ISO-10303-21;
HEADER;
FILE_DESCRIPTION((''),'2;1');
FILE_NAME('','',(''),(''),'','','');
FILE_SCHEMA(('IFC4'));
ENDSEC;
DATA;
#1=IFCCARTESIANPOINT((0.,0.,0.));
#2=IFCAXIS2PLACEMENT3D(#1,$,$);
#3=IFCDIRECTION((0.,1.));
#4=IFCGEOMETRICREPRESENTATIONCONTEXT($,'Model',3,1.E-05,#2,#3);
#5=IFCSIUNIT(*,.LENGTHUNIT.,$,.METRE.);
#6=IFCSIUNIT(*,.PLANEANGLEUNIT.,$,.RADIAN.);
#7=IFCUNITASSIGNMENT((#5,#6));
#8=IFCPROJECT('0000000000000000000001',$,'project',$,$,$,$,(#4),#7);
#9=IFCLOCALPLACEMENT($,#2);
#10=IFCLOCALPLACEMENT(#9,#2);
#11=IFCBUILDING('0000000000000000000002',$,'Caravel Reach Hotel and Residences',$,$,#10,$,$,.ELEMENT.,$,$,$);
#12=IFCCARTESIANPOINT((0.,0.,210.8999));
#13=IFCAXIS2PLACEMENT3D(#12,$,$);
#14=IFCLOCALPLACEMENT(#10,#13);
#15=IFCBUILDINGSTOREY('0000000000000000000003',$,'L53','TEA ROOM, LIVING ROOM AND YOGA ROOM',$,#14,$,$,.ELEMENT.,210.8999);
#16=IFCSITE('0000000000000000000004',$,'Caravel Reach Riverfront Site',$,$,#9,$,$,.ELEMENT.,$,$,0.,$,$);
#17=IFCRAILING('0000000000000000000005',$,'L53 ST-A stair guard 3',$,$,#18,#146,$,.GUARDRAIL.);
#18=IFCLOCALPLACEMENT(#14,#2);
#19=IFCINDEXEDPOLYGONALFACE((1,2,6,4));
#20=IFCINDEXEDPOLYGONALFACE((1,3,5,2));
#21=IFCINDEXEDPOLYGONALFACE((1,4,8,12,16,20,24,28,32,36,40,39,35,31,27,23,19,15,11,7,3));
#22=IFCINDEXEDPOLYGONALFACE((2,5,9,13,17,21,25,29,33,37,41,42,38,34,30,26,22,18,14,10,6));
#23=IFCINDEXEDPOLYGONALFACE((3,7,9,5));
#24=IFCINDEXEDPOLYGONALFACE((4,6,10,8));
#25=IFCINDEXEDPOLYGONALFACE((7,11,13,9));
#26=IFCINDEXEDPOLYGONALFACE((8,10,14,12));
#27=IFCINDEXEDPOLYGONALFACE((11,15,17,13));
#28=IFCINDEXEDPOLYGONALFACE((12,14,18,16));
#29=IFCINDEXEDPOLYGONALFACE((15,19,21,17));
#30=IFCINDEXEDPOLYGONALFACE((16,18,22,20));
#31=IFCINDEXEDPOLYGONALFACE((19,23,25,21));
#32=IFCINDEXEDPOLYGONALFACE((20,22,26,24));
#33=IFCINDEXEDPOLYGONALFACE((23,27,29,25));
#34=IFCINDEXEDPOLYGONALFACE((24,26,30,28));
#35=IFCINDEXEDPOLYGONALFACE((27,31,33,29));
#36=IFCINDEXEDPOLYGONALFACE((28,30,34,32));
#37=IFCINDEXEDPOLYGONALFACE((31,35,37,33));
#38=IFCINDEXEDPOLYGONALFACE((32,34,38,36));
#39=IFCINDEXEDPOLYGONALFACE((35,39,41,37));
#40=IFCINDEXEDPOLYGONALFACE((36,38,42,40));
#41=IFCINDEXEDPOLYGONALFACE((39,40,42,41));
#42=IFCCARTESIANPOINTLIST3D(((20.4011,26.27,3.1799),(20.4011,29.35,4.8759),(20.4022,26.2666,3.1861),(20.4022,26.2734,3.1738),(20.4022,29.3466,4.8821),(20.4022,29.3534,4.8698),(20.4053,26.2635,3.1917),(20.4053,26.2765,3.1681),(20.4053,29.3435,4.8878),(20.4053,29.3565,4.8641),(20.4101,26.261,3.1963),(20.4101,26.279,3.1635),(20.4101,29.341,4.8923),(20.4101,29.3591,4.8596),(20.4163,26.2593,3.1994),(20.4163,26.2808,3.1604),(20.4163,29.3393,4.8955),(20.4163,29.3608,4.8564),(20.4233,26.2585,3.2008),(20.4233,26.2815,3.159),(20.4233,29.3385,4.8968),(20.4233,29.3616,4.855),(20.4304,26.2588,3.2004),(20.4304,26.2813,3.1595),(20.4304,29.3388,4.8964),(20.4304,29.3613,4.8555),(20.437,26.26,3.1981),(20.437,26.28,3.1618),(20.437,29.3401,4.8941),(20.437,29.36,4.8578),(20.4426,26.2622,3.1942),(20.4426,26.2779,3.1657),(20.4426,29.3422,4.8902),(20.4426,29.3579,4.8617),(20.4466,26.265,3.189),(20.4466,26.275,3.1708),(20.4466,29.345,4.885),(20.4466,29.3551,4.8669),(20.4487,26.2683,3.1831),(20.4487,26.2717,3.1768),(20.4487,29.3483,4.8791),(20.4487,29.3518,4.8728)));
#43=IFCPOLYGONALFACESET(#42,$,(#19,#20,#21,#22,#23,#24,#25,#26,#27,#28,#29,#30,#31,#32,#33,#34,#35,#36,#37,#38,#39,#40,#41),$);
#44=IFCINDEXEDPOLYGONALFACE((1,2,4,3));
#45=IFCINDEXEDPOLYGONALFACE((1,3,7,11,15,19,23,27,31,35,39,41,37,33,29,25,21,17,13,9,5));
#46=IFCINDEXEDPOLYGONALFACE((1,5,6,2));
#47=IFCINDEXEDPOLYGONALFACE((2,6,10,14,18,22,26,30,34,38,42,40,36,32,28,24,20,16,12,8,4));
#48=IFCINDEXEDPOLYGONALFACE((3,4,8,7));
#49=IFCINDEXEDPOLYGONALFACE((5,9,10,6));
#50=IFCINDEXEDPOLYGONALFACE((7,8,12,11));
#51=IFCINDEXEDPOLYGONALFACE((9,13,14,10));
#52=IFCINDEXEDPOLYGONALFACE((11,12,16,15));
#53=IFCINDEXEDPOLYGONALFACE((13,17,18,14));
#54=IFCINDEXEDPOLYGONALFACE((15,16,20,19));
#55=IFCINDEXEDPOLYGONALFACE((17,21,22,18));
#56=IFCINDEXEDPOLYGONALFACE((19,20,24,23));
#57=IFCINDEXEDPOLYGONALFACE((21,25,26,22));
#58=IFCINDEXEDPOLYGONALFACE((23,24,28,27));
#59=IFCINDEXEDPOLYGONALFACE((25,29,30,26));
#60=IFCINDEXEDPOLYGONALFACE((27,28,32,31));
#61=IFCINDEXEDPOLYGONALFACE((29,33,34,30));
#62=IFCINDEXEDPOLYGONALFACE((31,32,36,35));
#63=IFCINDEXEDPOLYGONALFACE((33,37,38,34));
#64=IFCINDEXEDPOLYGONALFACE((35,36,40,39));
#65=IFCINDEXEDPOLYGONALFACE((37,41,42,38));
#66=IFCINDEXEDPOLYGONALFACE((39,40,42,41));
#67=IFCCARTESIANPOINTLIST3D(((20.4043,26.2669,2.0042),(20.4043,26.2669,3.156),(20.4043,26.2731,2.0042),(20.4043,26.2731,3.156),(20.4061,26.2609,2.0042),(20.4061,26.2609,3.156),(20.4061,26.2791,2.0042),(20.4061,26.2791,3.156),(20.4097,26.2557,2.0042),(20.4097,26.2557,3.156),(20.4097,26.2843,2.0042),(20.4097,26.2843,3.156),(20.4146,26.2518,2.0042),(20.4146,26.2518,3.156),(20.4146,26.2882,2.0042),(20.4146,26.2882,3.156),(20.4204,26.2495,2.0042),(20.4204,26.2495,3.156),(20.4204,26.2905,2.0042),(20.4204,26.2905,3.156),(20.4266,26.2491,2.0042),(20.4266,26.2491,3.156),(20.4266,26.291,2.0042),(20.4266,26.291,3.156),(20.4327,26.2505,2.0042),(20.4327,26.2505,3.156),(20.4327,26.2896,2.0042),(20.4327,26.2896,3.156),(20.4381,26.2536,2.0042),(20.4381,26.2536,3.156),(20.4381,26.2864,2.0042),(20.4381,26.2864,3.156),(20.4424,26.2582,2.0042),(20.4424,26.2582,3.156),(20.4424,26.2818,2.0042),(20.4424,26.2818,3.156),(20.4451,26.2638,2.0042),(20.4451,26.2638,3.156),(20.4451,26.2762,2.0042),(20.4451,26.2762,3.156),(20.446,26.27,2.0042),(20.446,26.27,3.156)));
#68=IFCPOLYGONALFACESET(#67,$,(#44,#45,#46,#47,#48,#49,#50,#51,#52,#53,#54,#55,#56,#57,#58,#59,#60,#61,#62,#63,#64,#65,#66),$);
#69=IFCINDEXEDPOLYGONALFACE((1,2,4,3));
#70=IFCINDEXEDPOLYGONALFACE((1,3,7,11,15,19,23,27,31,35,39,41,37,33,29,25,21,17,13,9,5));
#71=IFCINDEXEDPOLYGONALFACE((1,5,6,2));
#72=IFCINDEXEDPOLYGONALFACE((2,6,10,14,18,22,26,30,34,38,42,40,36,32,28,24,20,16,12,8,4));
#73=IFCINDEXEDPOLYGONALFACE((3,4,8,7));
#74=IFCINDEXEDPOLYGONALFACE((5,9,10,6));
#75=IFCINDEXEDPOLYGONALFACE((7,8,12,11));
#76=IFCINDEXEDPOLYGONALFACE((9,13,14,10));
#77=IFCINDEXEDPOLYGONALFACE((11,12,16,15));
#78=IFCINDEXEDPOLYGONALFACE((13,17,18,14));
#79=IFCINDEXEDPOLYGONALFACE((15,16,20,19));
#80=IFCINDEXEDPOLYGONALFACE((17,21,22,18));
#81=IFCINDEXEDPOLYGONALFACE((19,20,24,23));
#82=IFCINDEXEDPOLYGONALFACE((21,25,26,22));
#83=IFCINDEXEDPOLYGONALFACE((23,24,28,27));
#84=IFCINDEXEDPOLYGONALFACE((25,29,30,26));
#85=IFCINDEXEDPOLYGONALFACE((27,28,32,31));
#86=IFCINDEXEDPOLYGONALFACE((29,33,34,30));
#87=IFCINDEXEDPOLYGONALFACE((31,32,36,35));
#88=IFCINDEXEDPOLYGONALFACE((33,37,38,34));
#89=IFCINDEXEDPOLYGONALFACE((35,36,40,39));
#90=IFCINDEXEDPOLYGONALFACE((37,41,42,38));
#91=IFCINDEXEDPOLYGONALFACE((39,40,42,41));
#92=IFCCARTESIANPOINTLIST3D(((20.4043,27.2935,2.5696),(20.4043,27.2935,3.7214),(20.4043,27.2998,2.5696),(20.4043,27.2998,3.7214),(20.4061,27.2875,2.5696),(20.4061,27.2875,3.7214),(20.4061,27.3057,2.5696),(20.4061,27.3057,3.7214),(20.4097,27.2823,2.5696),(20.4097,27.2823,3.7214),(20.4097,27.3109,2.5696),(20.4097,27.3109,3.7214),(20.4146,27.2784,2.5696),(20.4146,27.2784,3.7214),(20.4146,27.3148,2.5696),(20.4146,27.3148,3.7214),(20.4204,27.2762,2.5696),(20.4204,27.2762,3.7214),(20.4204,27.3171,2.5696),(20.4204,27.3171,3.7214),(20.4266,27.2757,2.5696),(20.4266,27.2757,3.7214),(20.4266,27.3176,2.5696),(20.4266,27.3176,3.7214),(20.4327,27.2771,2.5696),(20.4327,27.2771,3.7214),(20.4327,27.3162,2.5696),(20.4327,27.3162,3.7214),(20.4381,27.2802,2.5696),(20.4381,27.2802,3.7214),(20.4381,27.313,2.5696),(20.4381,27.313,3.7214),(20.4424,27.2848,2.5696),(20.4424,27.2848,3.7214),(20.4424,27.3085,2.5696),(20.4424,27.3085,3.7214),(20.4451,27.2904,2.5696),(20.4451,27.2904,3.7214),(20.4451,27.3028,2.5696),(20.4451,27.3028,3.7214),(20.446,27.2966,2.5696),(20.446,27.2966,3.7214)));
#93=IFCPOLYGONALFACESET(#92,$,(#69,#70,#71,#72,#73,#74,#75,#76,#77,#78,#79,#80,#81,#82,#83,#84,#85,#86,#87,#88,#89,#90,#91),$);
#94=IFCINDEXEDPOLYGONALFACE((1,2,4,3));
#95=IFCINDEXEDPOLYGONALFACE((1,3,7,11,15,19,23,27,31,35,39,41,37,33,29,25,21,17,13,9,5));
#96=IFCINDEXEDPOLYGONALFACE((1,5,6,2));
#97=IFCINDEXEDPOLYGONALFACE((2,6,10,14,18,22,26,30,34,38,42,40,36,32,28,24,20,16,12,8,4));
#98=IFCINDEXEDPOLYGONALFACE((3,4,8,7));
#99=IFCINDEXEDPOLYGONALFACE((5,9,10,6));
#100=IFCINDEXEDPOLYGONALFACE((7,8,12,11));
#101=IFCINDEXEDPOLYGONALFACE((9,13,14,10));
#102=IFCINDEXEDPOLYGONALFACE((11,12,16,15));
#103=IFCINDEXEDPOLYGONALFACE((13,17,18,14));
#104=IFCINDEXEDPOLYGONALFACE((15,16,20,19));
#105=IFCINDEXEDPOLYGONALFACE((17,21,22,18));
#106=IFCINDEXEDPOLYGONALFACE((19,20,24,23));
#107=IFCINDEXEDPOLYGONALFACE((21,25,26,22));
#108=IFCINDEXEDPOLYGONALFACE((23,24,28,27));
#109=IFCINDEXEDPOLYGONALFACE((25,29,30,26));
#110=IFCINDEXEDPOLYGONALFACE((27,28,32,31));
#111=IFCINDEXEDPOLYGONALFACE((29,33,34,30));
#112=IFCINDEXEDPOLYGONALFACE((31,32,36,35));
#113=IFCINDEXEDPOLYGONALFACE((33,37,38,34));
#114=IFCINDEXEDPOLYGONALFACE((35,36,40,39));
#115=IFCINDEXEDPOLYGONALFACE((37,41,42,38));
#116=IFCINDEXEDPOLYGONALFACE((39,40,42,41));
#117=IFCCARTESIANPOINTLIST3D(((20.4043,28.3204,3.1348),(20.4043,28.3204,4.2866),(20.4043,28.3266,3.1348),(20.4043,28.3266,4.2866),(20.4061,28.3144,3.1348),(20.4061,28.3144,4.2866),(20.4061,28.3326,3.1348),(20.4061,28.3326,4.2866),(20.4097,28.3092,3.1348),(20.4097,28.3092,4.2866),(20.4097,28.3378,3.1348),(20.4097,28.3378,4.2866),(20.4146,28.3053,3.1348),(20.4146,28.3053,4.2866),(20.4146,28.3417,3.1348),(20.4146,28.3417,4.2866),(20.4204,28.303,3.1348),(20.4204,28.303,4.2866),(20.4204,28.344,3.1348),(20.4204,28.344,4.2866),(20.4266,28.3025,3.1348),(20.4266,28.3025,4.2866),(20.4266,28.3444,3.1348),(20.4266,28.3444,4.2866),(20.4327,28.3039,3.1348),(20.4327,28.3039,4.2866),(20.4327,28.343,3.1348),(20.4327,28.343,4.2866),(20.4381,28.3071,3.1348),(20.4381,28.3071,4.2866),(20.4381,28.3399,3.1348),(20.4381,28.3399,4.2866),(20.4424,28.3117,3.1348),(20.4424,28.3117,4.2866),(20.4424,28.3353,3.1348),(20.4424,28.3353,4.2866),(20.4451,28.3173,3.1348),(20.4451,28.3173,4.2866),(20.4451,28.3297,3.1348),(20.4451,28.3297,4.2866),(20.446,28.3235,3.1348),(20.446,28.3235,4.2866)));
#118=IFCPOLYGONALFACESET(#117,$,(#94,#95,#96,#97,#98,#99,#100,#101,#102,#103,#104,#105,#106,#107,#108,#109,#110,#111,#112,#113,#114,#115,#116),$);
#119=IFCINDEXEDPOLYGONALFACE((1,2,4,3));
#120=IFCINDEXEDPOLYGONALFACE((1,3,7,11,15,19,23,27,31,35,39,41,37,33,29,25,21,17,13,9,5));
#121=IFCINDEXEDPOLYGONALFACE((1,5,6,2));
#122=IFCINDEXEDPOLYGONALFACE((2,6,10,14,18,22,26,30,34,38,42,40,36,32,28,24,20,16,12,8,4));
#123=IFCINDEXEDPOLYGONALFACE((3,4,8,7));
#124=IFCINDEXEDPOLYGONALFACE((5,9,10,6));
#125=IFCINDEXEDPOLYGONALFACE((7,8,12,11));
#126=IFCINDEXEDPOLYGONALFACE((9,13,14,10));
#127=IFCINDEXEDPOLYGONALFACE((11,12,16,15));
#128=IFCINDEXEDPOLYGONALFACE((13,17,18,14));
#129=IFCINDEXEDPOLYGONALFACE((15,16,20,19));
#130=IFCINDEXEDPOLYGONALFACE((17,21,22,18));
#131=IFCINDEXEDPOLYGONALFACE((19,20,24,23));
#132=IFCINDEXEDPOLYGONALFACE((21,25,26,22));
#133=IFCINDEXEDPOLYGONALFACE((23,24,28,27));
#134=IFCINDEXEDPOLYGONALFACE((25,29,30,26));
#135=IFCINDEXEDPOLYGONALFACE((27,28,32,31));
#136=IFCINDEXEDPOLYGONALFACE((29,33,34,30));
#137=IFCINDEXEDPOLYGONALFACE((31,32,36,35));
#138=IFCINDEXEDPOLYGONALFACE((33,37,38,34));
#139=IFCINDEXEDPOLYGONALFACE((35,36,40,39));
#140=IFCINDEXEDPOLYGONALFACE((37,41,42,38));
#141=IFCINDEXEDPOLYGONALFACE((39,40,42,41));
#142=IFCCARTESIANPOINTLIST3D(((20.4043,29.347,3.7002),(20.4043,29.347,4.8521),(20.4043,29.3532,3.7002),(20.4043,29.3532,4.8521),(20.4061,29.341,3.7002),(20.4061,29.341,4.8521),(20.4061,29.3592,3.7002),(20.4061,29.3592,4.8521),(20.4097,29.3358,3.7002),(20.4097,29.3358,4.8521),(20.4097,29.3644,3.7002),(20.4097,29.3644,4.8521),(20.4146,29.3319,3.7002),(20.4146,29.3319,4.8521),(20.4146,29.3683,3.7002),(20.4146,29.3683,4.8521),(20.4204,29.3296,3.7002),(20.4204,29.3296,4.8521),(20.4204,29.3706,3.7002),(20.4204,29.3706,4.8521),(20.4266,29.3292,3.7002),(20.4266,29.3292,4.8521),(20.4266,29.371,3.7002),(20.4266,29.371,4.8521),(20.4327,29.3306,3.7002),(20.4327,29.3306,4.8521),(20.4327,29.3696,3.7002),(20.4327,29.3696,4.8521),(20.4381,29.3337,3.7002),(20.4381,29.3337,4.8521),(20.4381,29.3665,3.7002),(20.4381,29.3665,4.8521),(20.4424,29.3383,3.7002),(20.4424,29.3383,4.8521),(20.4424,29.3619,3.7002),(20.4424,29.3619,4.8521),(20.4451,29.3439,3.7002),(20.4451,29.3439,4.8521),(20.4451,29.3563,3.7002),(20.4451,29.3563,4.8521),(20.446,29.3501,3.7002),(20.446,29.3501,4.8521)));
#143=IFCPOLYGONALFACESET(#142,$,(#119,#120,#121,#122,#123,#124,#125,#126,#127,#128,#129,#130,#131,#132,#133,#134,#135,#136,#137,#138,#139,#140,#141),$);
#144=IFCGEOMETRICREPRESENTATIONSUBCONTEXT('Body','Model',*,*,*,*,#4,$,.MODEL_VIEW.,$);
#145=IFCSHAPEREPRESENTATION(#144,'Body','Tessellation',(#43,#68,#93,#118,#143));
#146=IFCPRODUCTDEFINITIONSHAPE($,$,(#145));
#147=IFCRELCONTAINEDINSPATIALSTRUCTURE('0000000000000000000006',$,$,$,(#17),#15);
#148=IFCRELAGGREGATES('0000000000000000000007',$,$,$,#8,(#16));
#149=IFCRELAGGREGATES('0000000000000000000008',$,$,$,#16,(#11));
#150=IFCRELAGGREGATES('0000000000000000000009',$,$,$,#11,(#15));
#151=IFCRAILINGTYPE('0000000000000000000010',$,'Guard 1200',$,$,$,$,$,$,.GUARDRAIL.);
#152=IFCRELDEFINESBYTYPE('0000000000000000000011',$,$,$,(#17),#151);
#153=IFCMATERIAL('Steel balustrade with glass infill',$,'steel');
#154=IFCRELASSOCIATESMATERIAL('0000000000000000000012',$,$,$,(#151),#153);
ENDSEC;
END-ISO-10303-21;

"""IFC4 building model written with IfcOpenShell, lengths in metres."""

from ifc_helpers import new_model, si_unit, direction, frame, origin, origin_2d, place, context, subcontext, project, spatial, circle, extrude, material, type_object, element, save


model = new_model("IFC4")

# Units and contexts
model_context = context("Model", 3, precision=1e-05, world=origin(), true_north=direction((0.0, 1.0)))
body_context = subcontext(model_context, "Body", "Model", "MODEL_VIEW")
ifc_project = project(units=[si_unit("LENGTHUNIT", "METRE"), si_unit("PLANEANGLEUNIT", "RADIAN")], contexts=[model_context])

# Site, building, storey
site_placement = place(None, origin())
site = spatial("IfcSite", under=ifc_project, at=site_placement, Name="Caravel Reach Riverfront Site", CompositionType="ELEMENT", RefElevation=0.0)
building_placement = place(site_placement, origin())
building = spatial("IfcBuilding", under=site, at=building_placement, Name="Caravel Reach Hotel and Residences", CompositionType="ELEMENT")
storey_placement = place(building_placement, frame((0.0, 0.0, 210.8999)))
storey = spatial("IfcBuildingStorey", under=building, at=storey_placement, Name="L53", Description="TEA ROOM, LIVING ROOM AND YOGA ROOM", CompositionType="ELEMENT", Elevation=210.8999)

# Railing
ifc_material_1 = material(Name="Steel balustrade with glass infill", Category="steel")
railing_type = type_object("IfcRailingType", Name="Guard 1200", PredefinedType="GUARDRAIL", material=ifc_material_1)
railing_1_placement = place(storey_placement, frame((20.425, 26.27, 2.0042)))
element("IfcRailing", 1, at=railing_1_placement, inside=storey, type_object=railing_type, Name="L53 ST-A stair guard 3", PredefinedType="GUARDRAIL", context=body_context, shape_type="SweptSolid", body=[
    extrude(circle(Radius=0.0239, at=origin_2d()), frame((0.0, 0.0, 1.1758), z_axis=(0.0, 0.875975, 0.482356), x_axis=(-1.0, 0.0, 0.0)), (0.0, 0.0, 1.0), 3.5161),
    extrude(circle(Radius=0.021, at=origin_2d()), origin(), (0.0, 0.0, 1.0), 1.1519),
    extrude(circle(Radius=0.021, at=origin_2d()), frame((0.0, 1.0266, 0.5654)), (0.0, 0.0, 1.0), 1.1519),
    extrude(circle(Radius=0.021, at=origin_2d()), frame((0.0, 2.0535, 1.1306)), (0.0, 0.0, 1.0), 1.1519),
    extrude(circle(Radius=0.021, at=origin_2d()), frame((0.0, 3.0801, 1.696)), (0.0, 0.0, 1.0), 1.1519),
])

save(model, "model.ifc")
